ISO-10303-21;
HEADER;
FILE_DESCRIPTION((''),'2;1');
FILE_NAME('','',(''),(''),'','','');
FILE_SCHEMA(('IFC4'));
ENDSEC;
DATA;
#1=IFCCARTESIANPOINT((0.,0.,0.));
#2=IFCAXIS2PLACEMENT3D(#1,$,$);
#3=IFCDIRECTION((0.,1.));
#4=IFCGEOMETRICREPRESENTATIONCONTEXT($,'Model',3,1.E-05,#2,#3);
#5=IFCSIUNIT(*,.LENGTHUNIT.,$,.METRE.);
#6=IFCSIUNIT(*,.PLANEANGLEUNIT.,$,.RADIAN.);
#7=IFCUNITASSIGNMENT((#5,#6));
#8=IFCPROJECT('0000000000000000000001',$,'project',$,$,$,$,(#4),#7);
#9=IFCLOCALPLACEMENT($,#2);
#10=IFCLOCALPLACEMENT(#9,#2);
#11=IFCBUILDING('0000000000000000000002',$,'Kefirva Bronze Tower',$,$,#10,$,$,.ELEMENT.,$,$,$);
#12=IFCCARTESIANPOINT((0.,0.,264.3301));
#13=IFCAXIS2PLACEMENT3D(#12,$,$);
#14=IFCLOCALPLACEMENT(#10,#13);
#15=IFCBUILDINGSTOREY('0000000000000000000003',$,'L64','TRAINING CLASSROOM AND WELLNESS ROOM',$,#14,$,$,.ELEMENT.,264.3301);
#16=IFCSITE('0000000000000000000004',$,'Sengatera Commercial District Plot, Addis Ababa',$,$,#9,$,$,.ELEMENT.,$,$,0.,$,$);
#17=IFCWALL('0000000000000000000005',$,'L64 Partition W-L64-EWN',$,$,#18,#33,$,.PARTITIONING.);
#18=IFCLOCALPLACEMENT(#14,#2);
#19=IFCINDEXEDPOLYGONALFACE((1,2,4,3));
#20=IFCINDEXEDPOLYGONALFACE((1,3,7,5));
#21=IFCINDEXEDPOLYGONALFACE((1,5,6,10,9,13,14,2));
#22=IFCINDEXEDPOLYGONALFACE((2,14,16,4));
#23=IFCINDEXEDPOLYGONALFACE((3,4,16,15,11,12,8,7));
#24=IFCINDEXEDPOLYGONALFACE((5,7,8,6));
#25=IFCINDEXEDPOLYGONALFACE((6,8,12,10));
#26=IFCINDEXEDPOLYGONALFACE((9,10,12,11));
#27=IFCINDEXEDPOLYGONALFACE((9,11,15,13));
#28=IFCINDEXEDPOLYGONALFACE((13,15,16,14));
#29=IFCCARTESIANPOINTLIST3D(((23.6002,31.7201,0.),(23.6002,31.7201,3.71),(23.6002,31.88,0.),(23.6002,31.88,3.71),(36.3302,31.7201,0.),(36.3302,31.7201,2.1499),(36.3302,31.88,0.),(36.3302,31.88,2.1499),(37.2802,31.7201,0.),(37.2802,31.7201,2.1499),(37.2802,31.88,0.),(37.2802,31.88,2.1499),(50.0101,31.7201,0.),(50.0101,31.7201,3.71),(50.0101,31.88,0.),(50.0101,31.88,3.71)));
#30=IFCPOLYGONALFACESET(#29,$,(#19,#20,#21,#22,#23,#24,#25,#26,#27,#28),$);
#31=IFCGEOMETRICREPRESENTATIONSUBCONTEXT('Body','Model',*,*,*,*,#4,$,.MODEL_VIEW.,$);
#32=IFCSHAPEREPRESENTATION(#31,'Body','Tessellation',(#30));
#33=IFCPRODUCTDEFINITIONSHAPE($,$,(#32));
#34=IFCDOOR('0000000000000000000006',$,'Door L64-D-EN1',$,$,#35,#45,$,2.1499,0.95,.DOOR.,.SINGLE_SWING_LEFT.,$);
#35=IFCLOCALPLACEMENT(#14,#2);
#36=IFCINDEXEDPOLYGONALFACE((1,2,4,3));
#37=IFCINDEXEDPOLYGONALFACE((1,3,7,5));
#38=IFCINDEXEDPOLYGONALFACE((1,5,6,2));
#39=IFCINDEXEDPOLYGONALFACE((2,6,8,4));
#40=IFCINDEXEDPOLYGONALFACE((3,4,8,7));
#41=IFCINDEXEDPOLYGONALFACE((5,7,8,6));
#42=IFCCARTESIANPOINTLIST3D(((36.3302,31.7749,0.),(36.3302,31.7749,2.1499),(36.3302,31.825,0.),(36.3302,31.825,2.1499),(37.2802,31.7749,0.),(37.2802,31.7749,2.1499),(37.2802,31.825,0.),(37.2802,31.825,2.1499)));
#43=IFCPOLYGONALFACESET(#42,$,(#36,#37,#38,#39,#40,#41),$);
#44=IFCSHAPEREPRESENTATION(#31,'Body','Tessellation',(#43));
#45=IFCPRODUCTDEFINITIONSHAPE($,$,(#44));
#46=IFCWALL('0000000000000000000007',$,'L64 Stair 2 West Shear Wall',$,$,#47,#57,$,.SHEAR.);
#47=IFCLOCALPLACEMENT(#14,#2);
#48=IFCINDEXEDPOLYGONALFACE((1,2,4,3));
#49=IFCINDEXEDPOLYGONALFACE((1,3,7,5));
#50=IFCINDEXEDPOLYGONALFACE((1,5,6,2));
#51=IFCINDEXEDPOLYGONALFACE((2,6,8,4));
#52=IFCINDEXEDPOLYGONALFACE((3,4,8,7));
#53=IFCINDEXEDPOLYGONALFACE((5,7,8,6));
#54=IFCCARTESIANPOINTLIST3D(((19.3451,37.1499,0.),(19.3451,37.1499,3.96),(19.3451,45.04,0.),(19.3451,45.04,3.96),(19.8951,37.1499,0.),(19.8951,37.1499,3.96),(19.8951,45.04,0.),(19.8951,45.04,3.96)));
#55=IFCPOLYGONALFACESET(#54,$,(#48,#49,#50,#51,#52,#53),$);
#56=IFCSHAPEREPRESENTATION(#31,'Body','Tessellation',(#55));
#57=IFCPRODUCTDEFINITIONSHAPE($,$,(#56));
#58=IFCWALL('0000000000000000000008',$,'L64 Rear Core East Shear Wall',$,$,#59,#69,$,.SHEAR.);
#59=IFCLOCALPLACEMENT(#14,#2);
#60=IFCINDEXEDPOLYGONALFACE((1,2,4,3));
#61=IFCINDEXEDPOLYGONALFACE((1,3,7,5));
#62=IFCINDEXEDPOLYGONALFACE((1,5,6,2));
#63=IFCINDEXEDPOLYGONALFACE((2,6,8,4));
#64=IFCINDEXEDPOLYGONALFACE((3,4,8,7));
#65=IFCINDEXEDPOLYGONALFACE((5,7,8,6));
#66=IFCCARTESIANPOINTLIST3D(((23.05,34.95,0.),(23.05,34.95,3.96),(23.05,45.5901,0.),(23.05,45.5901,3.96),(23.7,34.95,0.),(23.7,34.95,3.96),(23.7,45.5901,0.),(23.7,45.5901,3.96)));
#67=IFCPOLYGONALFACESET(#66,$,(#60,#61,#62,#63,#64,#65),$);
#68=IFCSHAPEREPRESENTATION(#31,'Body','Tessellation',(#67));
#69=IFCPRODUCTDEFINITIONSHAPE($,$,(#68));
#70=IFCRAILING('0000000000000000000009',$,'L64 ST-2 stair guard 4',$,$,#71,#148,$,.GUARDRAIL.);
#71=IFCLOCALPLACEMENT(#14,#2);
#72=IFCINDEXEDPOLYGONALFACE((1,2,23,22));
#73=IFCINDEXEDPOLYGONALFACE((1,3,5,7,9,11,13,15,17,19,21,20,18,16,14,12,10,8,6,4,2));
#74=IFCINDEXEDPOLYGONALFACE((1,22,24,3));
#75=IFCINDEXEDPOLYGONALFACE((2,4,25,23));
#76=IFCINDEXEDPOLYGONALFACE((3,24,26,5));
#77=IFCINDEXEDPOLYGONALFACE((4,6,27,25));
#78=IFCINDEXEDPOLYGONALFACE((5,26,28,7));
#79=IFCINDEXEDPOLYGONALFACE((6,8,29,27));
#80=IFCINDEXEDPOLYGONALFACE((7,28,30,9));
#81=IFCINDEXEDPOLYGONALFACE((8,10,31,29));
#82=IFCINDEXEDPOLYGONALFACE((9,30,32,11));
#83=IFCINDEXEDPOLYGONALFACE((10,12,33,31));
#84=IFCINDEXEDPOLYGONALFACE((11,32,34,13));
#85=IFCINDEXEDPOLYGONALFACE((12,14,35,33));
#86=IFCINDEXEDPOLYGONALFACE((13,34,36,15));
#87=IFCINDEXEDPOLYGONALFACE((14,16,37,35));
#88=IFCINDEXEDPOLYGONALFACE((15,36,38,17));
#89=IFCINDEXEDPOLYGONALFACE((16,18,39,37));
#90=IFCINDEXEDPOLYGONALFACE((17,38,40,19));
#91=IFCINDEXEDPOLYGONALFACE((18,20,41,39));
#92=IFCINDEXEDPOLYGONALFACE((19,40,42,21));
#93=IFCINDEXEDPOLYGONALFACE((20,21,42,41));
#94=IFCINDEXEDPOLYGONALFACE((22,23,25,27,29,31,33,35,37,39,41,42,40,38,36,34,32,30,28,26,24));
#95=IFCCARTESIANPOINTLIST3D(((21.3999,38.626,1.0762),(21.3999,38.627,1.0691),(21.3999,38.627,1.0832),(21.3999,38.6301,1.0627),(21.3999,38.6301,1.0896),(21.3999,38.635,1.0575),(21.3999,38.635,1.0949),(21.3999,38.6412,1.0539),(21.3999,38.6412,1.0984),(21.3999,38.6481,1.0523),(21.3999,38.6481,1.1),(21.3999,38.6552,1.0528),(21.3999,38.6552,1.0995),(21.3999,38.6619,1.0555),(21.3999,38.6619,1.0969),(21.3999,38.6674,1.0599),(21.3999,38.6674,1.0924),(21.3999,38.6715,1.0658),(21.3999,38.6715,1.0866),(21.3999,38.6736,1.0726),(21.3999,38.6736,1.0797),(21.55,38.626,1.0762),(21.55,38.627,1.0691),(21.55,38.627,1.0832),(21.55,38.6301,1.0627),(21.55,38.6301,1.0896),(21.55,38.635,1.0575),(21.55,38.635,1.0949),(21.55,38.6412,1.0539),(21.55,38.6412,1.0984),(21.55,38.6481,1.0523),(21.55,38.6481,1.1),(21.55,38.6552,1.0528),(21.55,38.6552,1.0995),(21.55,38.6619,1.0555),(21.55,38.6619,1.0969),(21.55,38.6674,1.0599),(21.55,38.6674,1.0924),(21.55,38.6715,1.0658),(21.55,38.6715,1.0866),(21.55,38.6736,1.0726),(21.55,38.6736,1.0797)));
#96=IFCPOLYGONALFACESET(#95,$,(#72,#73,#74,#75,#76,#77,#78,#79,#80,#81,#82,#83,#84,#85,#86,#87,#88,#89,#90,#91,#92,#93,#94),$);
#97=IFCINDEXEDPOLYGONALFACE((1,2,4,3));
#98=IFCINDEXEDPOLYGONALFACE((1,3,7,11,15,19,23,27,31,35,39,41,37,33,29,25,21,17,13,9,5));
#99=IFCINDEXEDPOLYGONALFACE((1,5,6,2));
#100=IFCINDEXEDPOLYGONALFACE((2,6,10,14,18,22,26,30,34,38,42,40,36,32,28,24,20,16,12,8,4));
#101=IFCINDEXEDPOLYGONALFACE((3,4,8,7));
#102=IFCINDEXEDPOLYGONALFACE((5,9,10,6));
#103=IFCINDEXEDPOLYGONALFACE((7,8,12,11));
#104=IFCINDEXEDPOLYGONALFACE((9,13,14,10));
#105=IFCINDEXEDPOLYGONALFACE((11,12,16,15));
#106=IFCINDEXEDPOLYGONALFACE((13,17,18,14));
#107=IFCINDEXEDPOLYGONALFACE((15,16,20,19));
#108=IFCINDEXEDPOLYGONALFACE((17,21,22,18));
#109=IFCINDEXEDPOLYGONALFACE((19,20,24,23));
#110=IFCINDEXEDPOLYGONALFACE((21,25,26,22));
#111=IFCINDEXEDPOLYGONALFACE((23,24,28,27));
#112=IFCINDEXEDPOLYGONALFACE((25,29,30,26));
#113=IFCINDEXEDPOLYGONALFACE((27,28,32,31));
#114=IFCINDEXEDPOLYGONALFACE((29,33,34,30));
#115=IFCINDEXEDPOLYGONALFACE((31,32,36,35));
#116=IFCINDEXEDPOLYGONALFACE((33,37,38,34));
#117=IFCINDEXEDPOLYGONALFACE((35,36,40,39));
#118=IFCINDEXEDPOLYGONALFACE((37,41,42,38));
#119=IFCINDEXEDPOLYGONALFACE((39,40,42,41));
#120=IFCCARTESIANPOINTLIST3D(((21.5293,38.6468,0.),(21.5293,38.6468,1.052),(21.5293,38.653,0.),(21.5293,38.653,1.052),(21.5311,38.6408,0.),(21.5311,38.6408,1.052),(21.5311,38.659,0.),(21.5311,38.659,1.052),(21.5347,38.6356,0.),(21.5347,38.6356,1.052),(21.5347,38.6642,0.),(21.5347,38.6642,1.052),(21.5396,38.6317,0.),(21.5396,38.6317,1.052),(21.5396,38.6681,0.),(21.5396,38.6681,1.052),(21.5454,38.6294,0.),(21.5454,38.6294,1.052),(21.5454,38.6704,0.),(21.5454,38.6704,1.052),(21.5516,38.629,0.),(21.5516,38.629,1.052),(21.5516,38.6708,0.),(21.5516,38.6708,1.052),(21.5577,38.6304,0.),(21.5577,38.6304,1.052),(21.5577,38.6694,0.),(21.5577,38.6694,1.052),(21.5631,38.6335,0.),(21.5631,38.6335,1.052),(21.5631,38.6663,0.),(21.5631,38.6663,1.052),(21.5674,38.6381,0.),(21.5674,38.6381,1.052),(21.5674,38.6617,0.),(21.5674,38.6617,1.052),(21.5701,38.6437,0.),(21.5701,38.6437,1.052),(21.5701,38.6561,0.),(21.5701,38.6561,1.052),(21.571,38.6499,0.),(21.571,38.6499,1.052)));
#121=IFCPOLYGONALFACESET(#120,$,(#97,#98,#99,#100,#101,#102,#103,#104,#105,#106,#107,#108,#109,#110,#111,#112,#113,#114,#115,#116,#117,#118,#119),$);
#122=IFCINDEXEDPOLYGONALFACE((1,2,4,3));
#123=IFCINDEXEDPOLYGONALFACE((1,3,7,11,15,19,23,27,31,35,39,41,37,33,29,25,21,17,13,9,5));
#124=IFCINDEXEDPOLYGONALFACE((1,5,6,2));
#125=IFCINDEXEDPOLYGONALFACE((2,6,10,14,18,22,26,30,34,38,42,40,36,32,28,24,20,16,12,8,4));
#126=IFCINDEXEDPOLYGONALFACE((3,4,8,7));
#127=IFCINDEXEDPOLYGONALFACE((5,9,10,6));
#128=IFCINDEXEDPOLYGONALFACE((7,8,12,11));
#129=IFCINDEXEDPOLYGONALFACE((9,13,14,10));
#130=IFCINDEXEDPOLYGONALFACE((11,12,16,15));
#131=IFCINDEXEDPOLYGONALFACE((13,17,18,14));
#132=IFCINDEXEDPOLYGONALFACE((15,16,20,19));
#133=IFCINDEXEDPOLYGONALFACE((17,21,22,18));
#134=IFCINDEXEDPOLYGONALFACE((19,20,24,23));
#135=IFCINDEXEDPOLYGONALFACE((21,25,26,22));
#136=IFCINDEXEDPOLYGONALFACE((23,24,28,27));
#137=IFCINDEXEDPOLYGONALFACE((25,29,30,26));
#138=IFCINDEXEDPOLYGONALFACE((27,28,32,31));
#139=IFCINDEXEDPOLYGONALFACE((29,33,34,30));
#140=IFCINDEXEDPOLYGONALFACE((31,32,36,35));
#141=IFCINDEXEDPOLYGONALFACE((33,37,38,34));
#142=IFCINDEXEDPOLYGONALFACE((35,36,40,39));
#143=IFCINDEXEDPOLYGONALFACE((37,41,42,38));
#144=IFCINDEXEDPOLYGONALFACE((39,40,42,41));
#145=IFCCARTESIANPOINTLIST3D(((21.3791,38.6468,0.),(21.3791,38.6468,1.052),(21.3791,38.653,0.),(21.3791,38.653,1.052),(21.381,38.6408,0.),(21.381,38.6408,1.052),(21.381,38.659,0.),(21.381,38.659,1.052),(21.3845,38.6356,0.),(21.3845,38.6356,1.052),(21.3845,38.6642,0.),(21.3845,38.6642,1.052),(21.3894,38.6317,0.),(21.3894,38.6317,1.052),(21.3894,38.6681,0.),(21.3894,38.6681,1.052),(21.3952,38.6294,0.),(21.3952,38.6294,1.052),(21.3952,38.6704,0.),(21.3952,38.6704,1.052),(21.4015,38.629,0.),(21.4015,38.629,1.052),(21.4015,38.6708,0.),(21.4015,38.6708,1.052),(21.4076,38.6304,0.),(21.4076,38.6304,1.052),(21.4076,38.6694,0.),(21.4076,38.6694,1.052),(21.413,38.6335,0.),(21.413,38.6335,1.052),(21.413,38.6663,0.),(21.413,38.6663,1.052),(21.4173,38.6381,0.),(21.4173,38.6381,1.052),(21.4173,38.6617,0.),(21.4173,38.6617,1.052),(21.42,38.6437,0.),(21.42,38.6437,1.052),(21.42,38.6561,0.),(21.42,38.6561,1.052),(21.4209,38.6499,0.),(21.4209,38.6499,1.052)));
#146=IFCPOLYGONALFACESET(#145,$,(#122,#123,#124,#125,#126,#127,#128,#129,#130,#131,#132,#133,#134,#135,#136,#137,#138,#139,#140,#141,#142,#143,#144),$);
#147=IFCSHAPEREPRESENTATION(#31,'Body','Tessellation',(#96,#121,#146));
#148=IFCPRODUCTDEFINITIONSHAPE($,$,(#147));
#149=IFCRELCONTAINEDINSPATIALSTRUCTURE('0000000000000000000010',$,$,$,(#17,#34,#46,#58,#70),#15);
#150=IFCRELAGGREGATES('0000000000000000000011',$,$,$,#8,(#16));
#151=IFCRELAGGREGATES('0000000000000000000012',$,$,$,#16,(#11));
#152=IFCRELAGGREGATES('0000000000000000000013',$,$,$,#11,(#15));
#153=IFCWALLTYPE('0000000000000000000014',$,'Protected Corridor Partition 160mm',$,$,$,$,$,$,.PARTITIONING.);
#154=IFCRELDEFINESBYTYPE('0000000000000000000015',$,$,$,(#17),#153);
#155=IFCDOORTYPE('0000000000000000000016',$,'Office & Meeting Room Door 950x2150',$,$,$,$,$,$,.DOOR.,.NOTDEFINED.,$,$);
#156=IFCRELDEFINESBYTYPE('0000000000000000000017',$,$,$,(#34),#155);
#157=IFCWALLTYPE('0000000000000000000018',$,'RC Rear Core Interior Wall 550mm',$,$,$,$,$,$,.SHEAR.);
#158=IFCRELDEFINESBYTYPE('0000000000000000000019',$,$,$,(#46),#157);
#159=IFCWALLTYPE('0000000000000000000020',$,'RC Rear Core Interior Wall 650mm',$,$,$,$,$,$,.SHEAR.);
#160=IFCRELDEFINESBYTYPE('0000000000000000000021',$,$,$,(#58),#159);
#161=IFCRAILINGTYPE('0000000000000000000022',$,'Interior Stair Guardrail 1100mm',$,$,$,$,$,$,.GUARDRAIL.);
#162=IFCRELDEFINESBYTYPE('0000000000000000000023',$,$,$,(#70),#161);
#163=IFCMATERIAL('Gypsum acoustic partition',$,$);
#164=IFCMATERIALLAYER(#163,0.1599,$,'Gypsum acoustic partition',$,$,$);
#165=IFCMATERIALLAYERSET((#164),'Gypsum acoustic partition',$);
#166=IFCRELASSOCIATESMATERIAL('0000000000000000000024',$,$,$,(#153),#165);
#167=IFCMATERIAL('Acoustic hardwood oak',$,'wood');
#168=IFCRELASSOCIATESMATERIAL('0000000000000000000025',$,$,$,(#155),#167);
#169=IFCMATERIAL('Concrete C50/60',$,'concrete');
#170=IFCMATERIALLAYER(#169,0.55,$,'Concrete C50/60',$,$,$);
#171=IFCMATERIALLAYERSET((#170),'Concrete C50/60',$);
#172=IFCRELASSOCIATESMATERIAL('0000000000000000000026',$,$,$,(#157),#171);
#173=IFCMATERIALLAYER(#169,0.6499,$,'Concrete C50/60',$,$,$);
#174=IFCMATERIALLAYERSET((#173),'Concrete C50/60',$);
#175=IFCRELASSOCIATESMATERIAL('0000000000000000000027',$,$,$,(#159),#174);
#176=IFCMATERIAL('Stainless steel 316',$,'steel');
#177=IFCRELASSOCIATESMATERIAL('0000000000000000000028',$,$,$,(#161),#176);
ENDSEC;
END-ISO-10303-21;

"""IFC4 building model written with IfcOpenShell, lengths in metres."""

from ifc_helpers import new_model, si_unit, direction, frame, frame_2d, origin, origin_2d, place, context, subcontext, project, spatial, rectangle, circle, extrude, material, layer, layer_set, type_object, element, fill, save


model = new_model("IFC4")

# Units and contexts
model_context = context("Model", 3, precision=1e-05, world=origin(), true_north=direction((0.0, 1.0)))
body_context = subcontext(model_context, "Body", "Model", "MODEL_VIEW")
ifc_project = project(units=[si_unit("LENGTHUNIT", "METRE"), si_unit("PLANEANGLEUNIT", "RADIAN")], contexts=[model_context])

# Site, building, storey
site_placement = place(None, origin())
site = spatial("IfcSite", under=ifc_project, at=site_placement, Name="Sengatera Commercial District Plot, Addis Ababa", CompositionType="ELEMENT", RefElevation=0.0)
building_placement = place(site_placement, origin())
building = spatial("IfcBuilding", under=site, at=building_placement, Name="Kefirva Bronze Tower", CompositionType="ELEMENT")
storey_placement = place(building_placement, frame((0.0, 0.0, 264.3301)))
storey = spatial("IfcBuildingStorey", under=building, at=storey_placement, Name="L64", Description="TRAINING CLASSROOM AND WELLNESS ROOM", CompositionType="ELEMENT", Elevation=264.3301)

# Shared definitions
ifc_material_1 = material(Name="Concrete C50/60", Category="concrete")

# Shared definitions
ifc_material_2 = material(Name="Gypsum acoustic partition")
ifc_layer_1 = layer(ifc_material_2, 0.1599, Name="Gypsum acoustic partition")
ifc_layer_set_1 = layer_set([ifc_layer_1], Name="Gypsum acoustic partition")
wall_type_1 = type_object("IfcWallType", Name="Protected Corridor Partition 160mm", PredefinedType="PARTITIONING", material=ifc_layer_set_1)
ifc_material_3 = material(Name="Acoustic hardwood oak", Category="wood")
door_type_1 = type_object("IfcDoorType", Name="Office & Meeting Room Door 950x2150", OperationType="NOTDEFINED", PredefinedType="DOOR", material=ifc_material_3)

# Wall, opening, door
wall_1_placement = place(storey_placement, frame((23.6001, 31.8, 0.0), z_axis=(0.0, 0.0, 1.0), x_axis=(1.0, 0.0, 0.0)))
wall_1 = element("IfcWall", 1, at=wall_1_placement, inside=storey, type_object=wall_type_1, Name="L64 Partition W-L64-EWN", PredefinedType="PARTITIONING", context=body_context, shape_type="SweptSolid", body=[
    extrude(rectangle(XDim=26.4099, YDim=0.1599, at=frame_2d((13.2051, 0.0))), origin(), (0.0, 0.0, 1.0), 3.71),
])
opening_1_placement = place(wall_1_placement, frame((12.73, 0.0, 0.0)))
opening_1 = element("IfcOpeningElement", 2, at=opening_1_placement, cuts=wall_1, PredefinedType="OPENING", context=body_context, shape_type="SweptSolid", body=[
    extrude(rectangle(XDim=0.95, YDim=2.1499, at=frame_2d((0.4751, 1.075))), frame((0.0, 0.0898, 0.0), z_axis=(0.0, -1.0, 0.0), x_axis=(1.0, 0.0, 0.0)), (0.0, 0.0, 1.0), 0.1799),
])
door_1_placement = place(opening_1_placement, origin())
door_1 = element("IfcDoor", 3, at=door_1_placement, inside=storey, type_object=door_type_1, Name="Door L64-D-EN1", OperationType="SINGLE_SWING_LEFT", OverallHeight=2.1499, OverallWidth=0.95, PredefinedType="DOOR", context=body_context, shape_type="SweptSolid", body=[
    extrude(rectangle(XDim=0.95, YDim=2.1499, at=frame_2d((0.4751, 1.075))), frame((0.0, 0.0249, 0.0), z_axis=(0.0, -1.0, 0.0), x_axis=(1.0, 0.0, 0.0)), (0.0, 0.0, 1.0), 0.05),
])
fill(opening_1, door_1)

# Walls
ifc_layer_2 = layer(ifc_material_1, 0.55, Name="Concrete C50/60")
ifc_layer_set_2 = layer_set([ifc_layer_2], Name="Concrete C50/60")
wall_type_2 = type_object("IfcWallType", Name="RC Rear Core Interior Wall 550mm", PredefinedType="SHEAR", material=ifc_layer_set_2)
wall_2_placement = place(storey_placement, frame((19.6201, 37.1499, 0.0), z_axis=(0.0, 0.0, 1.0), x_axis=(0.0, 1.0, 0.0)))
element("IfcWall", 4, at=wall_2_placement, inside=storey, type_object=wall_type_2, Name="L64 Stair 2 West Shear Wall", PredefinedType="SHEAR", context=body_context, shape_type="SweptSolid", body=[
    extrude(rectangle(XDim=7.8901, YDim=0.55, at=frame_2d((3.9451, 0.0))), origin(), (0.0, 0.0, 1.0), 3.96),
])
ifc_layer_3 = layer(ifc_material_1, 0.6499, Name="Concrete C50/60")
ifc_layer_set_3 = layer_set([ifc_layer_3], Name="Concrete C50/60")
wall_type_3 = type_object("IfcWallType", Name="RC Rear Core Interior Wall 650mm", PredefinedType="SHEAR", material=ifc_layer_set_3)
wall_3_placement = place(storey_placement, frame((23.375, 34.95, 0.0), z_axis=(0.0, 0.0, 1.0), x_axis=(0.0, 1.0, 0.0)))
element("IfcWall", 5, at=wall_3_placement, inside=storey, type_object=wall_type_3, Name="L64 Rear Core East Shear Wall", PredefinedType="SHEAR", context=body_context, shape_type="SweptSolid", body=[
    extrude(rectangle(XDim=10.6401, YDim=0.6499, at=frame_2d((5.3201, 0.0))), origin(), (0.0, 0.0, 1.0), 3.96),
])

# Railing
ifc_material_4 = material(Name="Stainless steel 316", Category="steel")
railing_type = type_object("IfcRailingType", Name="Interior Stair Guardrail 1100mm", PredefinedType="GUARDRAIL", material=ifc_material_4)
railing_placement = place(storey_placement, frame((21.55, 38.6499, 0.0)))
element("IfcRailing", 6, at=railing_placement, inside=storey, type_object=railing_type, Name="L64 ST-2 stair guard 4", PredefinedType="GUARDRAIL", context=body_context, shape_type="SweptSolid", body=[
    extrude(circle(Radius=0.0239, at=origin_2d()), frame((0.0, 0.0, 1.0762), z_axis=(-1.0, 0.0, 0.0), x_axis=(0.0, -1.0, 0.0)), (0.0, 0.0, 1.0), 0.1501),
    extrude(circle(Radius=0.021, at=origin_2d()), origin(), (0.0, 0.0, 1.0), 1.052),
    extrude(circle(Radius=0.021, at=origin_2d()), frame((-0.1501, 0.0, 0.0)), (0.0, 0.0, 1.0), 1.052),
])

save(model, "model.ifc")
